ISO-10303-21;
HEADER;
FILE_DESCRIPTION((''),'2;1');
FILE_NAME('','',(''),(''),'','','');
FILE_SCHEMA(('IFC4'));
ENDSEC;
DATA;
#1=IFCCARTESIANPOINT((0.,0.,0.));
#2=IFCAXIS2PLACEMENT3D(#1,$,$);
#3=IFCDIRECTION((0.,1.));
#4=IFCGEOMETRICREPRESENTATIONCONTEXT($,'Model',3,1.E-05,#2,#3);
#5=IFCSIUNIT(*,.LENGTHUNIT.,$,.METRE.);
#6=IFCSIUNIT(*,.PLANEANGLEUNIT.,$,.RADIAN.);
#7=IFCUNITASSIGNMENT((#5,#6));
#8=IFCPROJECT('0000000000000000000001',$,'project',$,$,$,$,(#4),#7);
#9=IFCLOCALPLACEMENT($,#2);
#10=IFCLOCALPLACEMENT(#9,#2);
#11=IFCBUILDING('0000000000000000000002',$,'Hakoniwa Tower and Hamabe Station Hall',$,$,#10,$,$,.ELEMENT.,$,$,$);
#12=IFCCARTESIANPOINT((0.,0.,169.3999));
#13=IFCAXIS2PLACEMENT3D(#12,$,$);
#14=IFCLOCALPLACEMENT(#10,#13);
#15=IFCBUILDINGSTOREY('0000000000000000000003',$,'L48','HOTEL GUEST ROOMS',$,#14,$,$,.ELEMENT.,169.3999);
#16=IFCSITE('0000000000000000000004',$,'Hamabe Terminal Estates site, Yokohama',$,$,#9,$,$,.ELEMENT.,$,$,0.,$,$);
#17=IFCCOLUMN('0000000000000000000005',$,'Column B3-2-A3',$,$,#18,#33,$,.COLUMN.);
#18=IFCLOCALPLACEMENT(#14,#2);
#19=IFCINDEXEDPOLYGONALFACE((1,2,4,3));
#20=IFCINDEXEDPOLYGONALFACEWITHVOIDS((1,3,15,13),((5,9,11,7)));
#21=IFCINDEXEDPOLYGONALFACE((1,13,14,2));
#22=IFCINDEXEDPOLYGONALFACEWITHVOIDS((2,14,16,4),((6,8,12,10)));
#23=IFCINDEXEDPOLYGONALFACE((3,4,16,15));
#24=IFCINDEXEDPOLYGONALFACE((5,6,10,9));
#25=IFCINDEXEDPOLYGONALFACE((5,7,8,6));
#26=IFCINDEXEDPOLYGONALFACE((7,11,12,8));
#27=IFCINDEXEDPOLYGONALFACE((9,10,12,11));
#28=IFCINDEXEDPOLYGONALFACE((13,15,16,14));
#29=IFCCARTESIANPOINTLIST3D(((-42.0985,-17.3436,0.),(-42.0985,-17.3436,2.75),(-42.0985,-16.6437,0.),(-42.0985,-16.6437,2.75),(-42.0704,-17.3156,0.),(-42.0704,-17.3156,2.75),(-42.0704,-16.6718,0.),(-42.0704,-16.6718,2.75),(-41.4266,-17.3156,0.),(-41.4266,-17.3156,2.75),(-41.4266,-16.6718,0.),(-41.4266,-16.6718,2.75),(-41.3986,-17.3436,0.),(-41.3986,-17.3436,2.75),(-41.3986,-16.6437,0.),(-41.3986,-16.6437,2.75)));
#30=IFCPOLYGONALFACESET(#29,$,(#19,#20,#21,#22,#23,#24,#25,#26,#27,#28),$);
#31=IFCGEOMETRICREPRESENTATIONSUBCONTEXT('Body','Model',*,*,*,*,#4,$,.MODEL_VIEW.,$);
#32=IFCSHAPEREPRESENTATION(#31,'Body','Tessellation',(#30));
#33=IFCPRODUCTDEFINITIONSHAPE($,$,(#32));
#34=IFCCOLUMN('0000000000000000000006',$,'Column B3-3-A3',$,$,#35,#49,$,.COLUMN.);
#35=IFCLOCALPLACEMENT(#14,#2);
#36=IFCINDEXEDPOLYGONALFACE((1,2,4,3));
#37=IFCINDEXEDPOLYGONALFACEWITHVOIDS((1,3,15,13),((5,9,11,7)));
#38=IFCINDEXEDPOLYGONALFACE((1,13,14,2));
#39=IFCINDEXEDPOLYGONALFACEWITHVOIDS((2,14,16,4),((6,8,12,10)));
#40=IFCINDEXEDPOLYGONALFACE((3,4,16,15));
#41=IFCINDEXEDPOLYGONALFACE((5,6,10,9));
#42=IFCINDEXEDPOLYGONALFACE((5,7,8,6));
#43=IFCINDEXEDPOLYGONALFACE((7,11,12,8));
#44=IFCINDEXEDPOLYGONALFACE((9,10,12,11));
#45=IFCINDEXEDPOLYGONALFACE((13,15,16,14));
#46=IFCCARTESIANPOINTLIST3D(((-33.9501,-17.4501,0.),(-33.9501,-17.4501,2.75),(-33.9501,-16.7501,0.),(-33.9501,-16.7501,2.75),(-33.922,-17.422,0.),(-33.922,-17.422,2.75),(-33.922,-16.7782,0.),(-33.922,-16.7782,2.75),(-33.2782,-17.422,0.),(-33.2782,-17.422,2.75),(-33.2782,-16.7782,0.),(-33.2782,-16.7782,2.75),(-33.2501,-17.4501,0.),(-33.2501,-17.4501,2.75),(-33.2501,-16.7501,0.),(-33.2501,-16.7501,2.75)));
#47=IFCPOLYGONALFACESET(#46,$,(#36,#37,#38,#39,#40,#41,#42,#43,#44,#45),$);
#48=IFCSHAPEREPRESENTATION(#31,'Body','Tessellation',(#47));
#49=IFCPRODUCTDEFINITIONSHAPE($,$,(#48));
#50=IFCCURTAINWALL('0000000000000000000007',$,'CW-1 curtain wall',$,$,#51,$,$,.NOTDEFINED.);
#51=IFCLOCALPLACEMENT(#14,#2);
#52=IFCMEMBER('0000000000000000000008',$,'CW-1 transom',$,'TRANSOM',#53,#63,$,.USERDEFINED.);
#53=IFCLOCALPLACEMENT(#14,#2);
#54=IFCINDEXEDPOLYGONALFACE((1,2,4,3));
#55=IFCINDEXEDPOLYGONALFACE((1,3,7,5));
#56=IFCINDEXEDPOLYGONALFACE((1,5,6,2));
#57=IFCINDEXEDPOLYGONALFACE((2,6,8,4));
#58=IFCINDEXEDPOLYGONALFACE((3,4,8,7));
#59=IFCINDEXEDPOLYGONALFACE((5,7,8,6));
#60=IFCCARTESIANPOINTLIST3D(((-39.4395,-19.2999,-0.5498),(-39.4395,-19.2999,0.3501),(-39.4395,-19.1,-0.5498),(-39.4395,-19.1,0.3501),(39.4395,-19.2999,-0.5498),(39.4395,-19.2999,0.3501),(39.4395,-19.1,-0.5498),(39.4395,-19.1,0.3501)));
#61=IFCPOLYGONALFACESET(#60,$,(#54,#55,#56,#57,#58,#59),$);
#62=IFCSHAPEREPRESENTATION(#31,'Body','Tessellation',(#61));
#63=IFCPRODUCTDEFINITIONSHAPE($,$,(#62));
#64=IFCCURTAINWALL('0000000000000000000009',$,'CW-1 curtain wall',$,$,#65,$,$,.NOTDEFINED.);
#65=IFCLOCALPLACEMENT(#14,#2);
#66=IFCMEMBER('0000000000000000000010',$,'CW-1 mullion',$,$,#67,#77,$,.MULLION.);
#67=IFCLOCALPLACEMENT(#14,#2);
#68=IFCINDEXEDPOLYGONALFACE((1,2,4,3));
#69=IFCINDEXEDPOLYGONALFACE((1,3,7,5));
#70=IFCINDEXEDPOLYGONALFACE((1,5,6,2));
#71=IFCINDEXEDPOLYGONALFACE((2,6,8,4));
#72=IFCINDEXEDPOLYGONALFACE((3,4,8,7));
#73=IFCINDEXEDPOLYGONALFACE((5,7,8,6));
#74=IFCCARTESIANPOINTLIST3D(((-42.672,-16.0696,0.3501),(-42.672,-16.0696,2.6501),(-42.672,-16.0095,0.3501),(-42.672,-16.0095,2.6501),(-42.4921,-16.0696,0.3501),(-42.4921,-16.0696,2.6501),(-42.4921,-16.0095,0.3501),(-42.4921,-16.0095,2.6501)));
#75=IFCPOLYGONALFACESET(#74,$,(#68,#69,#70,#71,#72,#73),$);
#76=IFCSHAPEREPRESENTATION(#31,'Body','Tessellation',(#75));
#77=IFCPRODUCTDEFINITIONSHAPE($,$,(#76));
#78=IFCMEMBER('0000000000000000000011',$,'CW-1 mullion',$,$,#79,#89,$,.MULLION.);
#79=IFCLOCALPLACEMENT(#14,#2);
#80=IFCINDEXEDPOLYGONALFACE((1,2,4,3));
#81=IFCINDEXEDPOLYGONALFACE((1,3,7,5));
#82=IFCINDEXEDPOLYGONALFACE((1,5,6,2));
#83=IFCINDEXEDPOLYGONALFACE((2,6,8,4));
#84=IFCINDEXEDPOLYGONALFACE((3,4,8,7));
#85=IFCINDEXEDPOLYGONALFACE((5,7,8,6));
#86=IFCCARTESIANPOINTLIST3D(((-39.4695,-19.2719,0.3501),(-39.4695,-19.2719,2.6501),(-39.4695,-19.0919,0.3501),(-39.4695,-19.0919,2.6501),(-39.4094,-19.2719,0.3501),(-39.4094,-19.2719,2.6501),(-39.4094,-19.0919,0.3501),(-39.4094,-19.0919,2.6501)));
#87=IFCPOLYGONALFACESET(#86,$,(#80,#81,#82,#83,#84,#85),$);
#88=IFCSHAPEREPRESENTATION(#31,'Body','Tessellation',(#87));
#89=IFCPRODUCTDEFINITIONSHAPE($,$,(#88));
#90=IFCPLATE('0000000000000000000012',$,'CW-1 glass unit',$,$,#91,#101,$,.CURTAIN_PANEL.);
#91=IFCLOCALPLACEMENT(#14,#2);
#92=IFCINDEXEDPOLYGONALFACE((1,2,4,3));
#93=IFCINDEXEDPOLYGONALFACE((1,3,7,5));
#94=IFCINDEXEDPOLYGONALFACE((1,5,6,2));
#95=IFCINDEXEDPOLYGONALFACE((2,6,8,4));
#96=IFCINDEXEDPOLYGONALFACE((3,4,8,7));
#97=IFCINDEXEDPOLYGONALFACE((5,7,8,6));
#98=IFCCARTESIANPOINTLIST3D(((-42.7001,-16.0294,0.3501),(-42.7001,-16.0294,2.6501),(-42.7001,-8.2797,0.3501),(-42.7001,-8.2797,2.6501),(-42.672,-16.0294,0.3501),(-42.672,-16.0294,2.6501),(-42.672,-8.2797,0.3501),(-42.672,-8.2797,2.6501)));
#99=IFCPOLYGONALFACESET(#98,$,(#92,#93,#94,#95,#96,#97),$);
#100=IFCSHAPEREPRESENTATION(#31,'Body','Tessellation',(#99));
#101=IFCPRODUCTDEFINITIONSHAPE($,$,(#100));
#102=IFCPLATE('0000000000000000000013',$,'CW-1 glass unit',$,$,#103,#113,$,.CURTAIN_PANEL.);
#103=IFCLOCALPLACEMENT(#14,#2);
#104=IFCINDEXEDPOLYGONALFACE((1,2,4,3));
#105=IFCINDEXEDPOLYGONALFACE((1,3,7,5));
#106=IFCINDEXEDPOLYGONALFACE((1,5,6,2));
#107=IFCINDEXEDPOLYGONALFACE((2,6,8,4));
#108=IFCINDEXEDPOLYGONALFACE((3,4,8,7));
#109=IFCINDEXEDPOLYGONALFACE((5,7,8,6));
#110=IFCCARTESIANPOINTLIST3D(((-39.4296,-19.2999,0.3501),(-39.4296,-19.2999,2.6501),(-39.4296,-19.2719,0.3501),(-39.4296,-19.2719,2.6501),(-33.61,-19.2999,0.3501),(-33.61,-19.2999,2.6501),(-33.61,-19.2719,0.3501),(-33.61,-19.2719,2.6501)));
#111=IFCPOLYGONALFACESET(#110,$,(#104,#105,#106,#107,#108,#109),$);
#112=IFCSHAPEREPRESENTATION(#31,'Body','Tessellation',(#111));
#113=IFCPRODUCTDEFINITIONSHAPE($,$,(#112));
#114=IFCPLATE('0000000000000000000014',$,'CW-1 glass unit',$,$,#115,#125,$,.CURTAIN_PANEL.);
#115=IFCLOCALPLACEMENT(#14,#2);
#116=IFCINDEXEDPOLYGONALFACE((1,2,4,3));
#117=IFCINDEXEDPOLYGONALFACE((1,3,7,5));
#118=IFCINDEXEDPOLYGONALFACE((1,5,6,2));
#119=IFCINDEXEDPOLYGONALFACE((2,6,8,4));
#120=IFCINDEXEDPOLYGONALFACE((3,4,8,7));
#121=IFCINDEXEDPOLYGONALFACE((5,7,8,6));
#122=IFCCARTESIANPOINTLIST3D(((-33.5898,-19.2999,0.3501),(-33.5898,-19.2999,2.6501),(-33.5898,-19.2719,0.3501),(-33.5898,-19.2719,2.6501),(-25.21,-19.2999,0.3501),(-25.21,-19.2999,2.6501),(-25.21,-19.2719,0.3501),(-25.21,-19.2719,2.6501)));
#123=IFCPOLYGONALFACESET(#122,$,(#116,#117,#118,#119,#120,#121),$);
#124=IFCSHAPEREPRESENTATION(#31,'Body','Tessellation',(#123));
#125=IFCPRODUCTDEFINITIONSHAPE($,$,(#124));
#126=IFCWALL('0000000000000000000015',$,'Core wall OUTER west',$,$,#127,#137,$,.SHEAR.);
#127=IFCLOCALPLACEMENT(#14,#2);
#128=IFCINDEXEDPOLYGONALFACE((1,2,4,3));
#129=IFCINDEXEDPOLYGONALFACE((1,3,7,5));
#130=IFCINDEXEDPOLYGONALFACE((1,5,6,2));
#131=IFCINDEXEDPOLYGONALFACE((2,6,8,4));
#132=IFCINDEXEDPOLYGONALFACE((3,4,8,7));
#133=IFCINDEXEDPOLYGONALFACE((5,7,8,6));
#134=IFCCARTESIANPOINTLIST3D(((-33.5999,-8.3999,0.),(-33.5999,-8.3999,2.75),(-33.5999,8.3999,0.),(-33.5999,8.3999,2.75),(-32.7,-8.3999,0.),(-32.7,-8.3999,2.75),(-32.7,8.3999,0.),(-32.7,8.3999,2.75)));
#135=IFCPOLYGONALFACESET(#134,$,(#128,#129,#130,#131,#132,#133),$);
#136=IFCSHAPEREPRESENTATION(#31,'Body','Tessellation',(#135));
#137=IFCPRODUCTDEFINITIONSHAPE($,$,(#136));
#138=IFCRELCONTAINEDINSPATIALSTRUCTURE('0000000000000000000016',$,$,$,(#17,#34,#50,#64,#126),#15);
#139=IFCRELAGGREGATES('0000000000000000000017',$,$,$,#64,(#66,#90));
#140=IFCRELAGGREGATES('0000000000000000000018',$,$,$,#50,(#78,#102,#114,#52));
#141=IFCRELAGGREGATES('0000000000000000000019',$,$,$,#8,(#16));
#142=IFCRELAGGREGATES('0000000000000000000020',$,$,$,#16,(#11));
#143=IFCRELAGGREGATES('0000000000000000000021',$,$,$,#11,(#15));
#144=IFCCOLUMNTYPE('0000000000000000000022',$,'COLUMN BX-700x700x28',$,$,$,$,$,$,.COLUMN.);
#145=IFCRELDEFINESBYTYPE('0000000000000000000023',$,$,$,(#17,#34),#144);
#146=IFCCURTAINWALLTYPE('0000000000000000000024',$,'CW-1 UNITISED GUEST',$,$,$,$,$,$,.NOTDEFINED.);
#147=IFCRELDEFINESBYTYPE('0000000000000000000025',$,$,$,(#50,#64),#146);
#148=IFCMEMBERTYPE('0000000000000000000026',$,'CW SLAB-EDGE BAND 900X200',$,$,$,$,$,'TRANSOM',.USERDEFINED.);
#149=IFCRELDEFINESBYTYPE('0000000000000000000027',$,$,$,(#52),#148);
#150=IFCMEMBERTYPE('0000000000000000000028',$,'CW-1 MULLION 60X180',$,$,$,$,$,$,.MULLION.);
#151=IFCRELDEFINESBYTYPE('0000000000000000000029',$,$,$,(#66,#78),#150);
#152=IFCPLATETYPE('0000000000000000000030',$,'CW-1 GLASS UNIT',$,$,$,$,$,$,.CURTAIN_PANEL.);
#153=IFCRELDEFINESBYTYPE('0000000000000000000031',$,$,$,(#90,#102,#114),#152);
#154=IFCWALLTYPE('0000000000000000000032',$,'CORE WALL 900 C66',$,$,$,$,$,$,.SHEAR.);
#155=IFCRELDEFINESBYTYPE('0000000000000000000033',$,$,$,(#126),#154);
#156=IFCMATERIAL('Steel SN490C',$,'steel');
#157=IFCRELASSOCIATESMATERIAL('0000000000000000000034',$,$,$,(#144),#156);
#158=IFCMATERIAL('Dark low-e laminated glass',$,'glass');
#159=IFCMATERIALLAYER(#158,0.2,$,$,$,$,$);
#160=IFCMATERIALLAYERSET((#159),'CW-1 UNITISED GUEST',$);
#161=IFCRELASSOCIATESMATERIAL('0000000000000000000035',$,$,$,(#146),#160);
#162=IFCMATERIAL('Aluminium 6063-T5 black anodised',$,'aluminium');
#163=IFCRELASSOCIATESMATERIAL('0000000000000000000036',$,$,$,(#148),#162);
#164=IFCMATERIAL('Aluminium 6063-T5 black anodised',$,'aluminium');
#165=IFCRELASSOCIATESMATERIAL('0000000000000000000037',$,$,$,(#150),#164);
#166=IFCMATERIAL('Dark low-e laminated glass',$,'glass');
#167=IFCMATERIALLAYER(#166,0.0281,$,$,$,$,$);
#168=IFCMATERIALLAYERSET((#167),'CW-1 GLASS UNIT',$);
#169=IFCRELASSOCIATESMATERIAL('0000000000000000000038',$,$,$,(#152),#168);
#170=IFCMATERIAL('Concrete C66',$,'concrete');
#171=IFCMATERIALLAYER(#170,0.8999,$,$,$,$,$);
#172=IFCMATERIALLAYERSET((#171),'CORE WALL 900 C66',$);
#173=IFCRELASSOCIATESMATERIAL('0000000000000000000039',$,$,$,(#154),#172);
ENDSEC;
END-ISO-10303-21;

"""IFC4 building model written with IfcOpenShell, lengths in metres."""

from ifc_helpers import new_model, si_unit, direction, frame, frame_2d, origin, origin_2d, place, context, subcontext, project, spatial, rectangle, hollow_rectangle, extrude, material, layer, layer_set, material_profile, profile_set, type_object, element, aggregate, save


model = new_model("IFC4")

# Units and contexts
model_context = context("Model", 3, precision=1e-05, world=origin(), true_north=direction((0.0, 1.0)))
body_context = subcontext(model_context, "Body", "Model", "MODEL_VIEW")
ifc_project = project(units=[si_unit("LENGTHUNIT", "METRE"), si_unit("PLANEANGLEUNIT", "RADIAN")], contexts=[model_context])

# Site, building, storey
site_placement = place(None, origin())
site = spatial("IfcSite", under=ifc_project, at=site_placement, Name="Hamabe Terminal Estates site, Yokohama", CompositionType="ELEMENT", RefElevation=0.0)
building_placement = place(site_placement, origin())
building = spatial("IfcBuilding", under=site, at=building_placement, Name="Hakoniwa Tower and Hamabe Station Hall", CompositionType="ELEMENT")
storey_placement = place(building_placement, frame((0.0, 0.0, 169.3999)))
storey = spatial("IfcBuildingStorey", under=building, at=storey_placement, Name="L48", Description="HOTEL GUEST ROOMS", CompositionType="ELEMENT", Elevation=169.3999)

# Columns
ifc_material_1 = material(Name="Steel SN490C", Category="steel")
ifc_material_profile_1 = material_profile(ifc_material_1, hollow_rectangle(XDim=0.7, YDim=0.7, WallThickness=0.0281, at=origin_2d()), Name="BX-700x700x28")
ifc_profile_set_1 = profile_set([ifc_material_profile_1], Name="Steel SN490C")
column_type = type_object("IfcColumnType", Name="COLUMN BX-700x700x28", PredefinedType="COLUMN", material=ifc_profile_set_1)
for number, where, z_axis, x_axis, name in (
    (1, (-41.7485, -16.9937, 0.0), (0.0, 0.0, 1.0), (1.0, 0.0, 0.0), "Column B3-2-A3"),
    (2, (-33.6001, -17.1001, 0.0), (0.0, 0.0, 1.0), (1.0, 0.0, 0.0), "Column B3-3-A3"),
):
    element("IfcColumn", number, at=place(storey_placement, frame(where, z_axis=z_axis, x_axis=x_axis)), inside=storey, type_object=column_type, Name=name, PredefinedType="COLUMN", context=body_context, shape_type="SweptSolid", body=[
        extrude(hollow_rectangle(XDim=0.7, YDim=0.7, WallThickness=0.0281, at=origin_2d()), origin(), (0.0, 0.0, 1.0), 2.75),
    ])

# Curtain walls, members
ifc_material_2 = material(Name="Dark low-e laminated glass", Category="glass")
ifc_layer_1 = layer(ifc_material_2, 0.2)
ifc_layer_set_1 = layer_set([ifc_layer_1], Name="CW-1 UNITISED GUEST")
curtain_wall_type = type_object("IfcCurtainWallType", Name="CW-1 UNITISED GUEST", PredefinedType="NOTDEFINED", material=ifc_layer_set_1)
curtain_wall_1_placement = place(storey_placement, origin())
curtain_wall_1 = element("IfcCurtainWall", 3, at=curtain_wall_1_placement, inside=storey, type_object=curtain_wall_type, Name="CW-1 curtain wall", PredefinedType="NOTDEFINED")
ifc_material_3 = material(Name="Aluminium 6063-T5 black anodised", Category="aluminium")
ifc_material_profile_2 = material_profile(ifc_material_3, rectangle(XDim=0.2, YDim=0.8999, at=origin_2d()), Name="CW SLAB-EDGE BAND 900X200")
ifc_profile_set_2 = profile_set([ifc_material_profile_2], Name="Aluminium 6063-T5 black anodised")
member_type_1 = type_object("IfcMemberType", Name="CW SLAB-EDGE BAND 900X200", ElementType="TRANSOM", PredefinedType="USERDEFINED", material=ifc_profile_set_2)
member_1_placement = place(storey_placement, frame((-39.4395, -19.2, -0.0999), z_axis=(1.0, 0.0, 0.0), x_axis=(0.0, 1.0, 0.0)))
member_1 = element("IfcMember", 4, at=member_1_placement, type_object=member_type_1, Name="CW-1 transom", ObjectType="TRANSOM", PredefinedType="USERDEFINED", context=body_context, shape_type="SweptSolid", body=[
    extrude(rectangle(XDim=0.2, YDim=0.8999, at=origin_2d()), origin(), (0.0, 0.0, 1.0), 78.8789),
])
curtain_wall_2_placement = place(storey_placement, origin())
curtain_wall_2 = element("IfcCurtainWall", 5, at=curtain_wall_2_placement, inside=storey, type_object=curtain_wall_type, Name="CW-1 curtain wall", PredefinedType="NOTDEFINED")
ifc_material_4 = material(Name="Aluminium 6063-T5 black anodised", Category="aluminium")
ifc_material_profile_3 = material_profile(ifc_material_4, rectangle(XDim=0.0601, YDim=0.1799, at=origin_2d()), Name="CW-1 MULLION 60X180")
ifc_profile_set_3 = profile_set([ifc_material_profile_3], Name="Aluminium 6063-T5 black anodised")
member_type_2 = type_object("IfcMemberType", Name="CW-1 MULLION 60X180", PredefinedType="MULLION", material=ifc_profile_set_3)
member_2_placement = place(storey_placement, frame((-42.582, -16.0396, 0.3501), z_axis=(0.0, 0.0, 1.0), x_axis=(0.0, -1.0, 0.0)))
member_2 = element("IfcMember", 6, at=member_2_placement, type_object=member_type_2, Name="CW-1 mullion", PredefinedType="MULLION", context=body_context, shape_type="SweptSolid", body=[
    extrude(rectangle(XDim=0.0601, YDim=0.1799, at=origin_2d()), origin(), (0.0, 0.0, 1.0), 2.3),
])

# Member
member_3_placement = place(storey_placement, frame((-39.4395, -19.1819, 0.3501), z_axis=(0.0, 0.0, 1.0), x_axis=(1.0, 0.0, 0.0)))
member_3 = element("IfcMember", 7, at=member_3_placement, type_object=member_type_2, Name="CW-1 mullion", PredefinedType="MULLION", context=body_context, shape_type="SweptSolid", body=[
    extrude(rectangle(XDim=0.0601, YDim=0.1799, at=origin_2d()), origin(), (0.0, 0.0, 1.0), 2.3),
])

# Plates
ifc_material_5 = material(Name="Dark low-e laminated glass", Category="glass")
ifc_layer_2 = layer(ifc_material_5, 0.0281)
ifc_layer_set_2 = layer_set([ifc_layer_2], Name="CW-1 GLASS UNIT")
plate_type = type_object("IfcPlateType", Name="CW-1 GLASS UNIT", PredefinedType="CURTAIN_PANEL", material=ifc_layer_set_2)
plate_1_placement = place(storey_placement, frame((-42.686, -12.1545, 0.3501), z_axis=(0.0, 0.0, 1.0), x_axis=(0.0, -1.0, 0.0)))
plate_1 = element("IfcPlate", 8, at=plate_1_placement, type_object=plate_type, Name="CW-1 glass unit", PredefinedType="CURTAIN_PANEL", context=body_context, shape_type="SweptSolid", body=[
    extrude(rectangle(XDim=7.7498, YDim=0.0281, at=origin_2d()), origin(), (0.0, 0.0, 1.0), 2.3),
])
aggregate(curtain_wall_2, [member_2, plate_1])
plate_2_placement = place(storey_placement, frame((-36.5198, -19.2859, 0.3501), z_axis=(0.0, 0.0, 1.0), x_axis=(1.0, 0.0, 0.0)))
plate_2 = element("IfcPlate", 9, at=plate_2_placement, type_object=plate_type, Name="CW-1 glass unit", PredefinedType="CURTAIN_PANEL", context=body_context, shape_type="SweptSolid", body=[
    extrude(rectangle(XDim=5.8196, YDim=0.0281, at=origin_2d()), origin(), (0.0, 0.0, 1.0), 2.3),
])
plate_3_placement = place(storey_placement, frame((-29.3999, -19.2859, 0.3501), z_axis=(0.0, 0.0, 1.0), x_axis=(1.0, 0.0, 0.0)))
plate_3 = element("IfcPlate", 10, at=plate_3_placement, type_object=plate_type, Name="CW-1 glass unit", PredefinedType="CURTAIN_PANEL", context=body_context, shape_type="SweptSolid", body=[
    extrude(rectangle(XDim=8.3799, YDim=0.0281, at=origin_2d()), origin(), (0.0, 0.0, 1.0), 2.3),
])
aggregate(curtain_wall_1, [member_3, plate_2, plate_3, member_1])

# Wall
ifc_material_6 = material(Name="Concrete C66", Category="concrete")
ifc_layer_3 = layer(ifc_material_6, 0.8999)
ifc_layer_set_3 = layer_set([ifc_layer_3], Name="CORE WALL 900 C66")
wall_type_1 = type_object("IfcWallType", Name="CORE WALL 900 C66", PredefinedType="SHEAR", material=ifc_layer_set_3)
wall_1_placement = place(storey_placement, frame((-33.1499, -8.3999, 0.0), z_axis=(0.0, 0.0, 1.0), x_axis=(0.0, 1.0, 0.0)))
element("IfcWall", 11, at=wall_1_placement, inside=storey, type_object=wall_type_1, Name="Core wall OUTER west", PredefinedType="SHEAR", context=body_context, shape_type="SweptSolid", body=[
    extrude(rectangle(XDim=16.7998, YDim=0.8999, at=frame_2d((8.3999, 0.0))), origin(), (0.0, 0.0, 1.0), 2.75),
])

save(model, "model.ifc")
